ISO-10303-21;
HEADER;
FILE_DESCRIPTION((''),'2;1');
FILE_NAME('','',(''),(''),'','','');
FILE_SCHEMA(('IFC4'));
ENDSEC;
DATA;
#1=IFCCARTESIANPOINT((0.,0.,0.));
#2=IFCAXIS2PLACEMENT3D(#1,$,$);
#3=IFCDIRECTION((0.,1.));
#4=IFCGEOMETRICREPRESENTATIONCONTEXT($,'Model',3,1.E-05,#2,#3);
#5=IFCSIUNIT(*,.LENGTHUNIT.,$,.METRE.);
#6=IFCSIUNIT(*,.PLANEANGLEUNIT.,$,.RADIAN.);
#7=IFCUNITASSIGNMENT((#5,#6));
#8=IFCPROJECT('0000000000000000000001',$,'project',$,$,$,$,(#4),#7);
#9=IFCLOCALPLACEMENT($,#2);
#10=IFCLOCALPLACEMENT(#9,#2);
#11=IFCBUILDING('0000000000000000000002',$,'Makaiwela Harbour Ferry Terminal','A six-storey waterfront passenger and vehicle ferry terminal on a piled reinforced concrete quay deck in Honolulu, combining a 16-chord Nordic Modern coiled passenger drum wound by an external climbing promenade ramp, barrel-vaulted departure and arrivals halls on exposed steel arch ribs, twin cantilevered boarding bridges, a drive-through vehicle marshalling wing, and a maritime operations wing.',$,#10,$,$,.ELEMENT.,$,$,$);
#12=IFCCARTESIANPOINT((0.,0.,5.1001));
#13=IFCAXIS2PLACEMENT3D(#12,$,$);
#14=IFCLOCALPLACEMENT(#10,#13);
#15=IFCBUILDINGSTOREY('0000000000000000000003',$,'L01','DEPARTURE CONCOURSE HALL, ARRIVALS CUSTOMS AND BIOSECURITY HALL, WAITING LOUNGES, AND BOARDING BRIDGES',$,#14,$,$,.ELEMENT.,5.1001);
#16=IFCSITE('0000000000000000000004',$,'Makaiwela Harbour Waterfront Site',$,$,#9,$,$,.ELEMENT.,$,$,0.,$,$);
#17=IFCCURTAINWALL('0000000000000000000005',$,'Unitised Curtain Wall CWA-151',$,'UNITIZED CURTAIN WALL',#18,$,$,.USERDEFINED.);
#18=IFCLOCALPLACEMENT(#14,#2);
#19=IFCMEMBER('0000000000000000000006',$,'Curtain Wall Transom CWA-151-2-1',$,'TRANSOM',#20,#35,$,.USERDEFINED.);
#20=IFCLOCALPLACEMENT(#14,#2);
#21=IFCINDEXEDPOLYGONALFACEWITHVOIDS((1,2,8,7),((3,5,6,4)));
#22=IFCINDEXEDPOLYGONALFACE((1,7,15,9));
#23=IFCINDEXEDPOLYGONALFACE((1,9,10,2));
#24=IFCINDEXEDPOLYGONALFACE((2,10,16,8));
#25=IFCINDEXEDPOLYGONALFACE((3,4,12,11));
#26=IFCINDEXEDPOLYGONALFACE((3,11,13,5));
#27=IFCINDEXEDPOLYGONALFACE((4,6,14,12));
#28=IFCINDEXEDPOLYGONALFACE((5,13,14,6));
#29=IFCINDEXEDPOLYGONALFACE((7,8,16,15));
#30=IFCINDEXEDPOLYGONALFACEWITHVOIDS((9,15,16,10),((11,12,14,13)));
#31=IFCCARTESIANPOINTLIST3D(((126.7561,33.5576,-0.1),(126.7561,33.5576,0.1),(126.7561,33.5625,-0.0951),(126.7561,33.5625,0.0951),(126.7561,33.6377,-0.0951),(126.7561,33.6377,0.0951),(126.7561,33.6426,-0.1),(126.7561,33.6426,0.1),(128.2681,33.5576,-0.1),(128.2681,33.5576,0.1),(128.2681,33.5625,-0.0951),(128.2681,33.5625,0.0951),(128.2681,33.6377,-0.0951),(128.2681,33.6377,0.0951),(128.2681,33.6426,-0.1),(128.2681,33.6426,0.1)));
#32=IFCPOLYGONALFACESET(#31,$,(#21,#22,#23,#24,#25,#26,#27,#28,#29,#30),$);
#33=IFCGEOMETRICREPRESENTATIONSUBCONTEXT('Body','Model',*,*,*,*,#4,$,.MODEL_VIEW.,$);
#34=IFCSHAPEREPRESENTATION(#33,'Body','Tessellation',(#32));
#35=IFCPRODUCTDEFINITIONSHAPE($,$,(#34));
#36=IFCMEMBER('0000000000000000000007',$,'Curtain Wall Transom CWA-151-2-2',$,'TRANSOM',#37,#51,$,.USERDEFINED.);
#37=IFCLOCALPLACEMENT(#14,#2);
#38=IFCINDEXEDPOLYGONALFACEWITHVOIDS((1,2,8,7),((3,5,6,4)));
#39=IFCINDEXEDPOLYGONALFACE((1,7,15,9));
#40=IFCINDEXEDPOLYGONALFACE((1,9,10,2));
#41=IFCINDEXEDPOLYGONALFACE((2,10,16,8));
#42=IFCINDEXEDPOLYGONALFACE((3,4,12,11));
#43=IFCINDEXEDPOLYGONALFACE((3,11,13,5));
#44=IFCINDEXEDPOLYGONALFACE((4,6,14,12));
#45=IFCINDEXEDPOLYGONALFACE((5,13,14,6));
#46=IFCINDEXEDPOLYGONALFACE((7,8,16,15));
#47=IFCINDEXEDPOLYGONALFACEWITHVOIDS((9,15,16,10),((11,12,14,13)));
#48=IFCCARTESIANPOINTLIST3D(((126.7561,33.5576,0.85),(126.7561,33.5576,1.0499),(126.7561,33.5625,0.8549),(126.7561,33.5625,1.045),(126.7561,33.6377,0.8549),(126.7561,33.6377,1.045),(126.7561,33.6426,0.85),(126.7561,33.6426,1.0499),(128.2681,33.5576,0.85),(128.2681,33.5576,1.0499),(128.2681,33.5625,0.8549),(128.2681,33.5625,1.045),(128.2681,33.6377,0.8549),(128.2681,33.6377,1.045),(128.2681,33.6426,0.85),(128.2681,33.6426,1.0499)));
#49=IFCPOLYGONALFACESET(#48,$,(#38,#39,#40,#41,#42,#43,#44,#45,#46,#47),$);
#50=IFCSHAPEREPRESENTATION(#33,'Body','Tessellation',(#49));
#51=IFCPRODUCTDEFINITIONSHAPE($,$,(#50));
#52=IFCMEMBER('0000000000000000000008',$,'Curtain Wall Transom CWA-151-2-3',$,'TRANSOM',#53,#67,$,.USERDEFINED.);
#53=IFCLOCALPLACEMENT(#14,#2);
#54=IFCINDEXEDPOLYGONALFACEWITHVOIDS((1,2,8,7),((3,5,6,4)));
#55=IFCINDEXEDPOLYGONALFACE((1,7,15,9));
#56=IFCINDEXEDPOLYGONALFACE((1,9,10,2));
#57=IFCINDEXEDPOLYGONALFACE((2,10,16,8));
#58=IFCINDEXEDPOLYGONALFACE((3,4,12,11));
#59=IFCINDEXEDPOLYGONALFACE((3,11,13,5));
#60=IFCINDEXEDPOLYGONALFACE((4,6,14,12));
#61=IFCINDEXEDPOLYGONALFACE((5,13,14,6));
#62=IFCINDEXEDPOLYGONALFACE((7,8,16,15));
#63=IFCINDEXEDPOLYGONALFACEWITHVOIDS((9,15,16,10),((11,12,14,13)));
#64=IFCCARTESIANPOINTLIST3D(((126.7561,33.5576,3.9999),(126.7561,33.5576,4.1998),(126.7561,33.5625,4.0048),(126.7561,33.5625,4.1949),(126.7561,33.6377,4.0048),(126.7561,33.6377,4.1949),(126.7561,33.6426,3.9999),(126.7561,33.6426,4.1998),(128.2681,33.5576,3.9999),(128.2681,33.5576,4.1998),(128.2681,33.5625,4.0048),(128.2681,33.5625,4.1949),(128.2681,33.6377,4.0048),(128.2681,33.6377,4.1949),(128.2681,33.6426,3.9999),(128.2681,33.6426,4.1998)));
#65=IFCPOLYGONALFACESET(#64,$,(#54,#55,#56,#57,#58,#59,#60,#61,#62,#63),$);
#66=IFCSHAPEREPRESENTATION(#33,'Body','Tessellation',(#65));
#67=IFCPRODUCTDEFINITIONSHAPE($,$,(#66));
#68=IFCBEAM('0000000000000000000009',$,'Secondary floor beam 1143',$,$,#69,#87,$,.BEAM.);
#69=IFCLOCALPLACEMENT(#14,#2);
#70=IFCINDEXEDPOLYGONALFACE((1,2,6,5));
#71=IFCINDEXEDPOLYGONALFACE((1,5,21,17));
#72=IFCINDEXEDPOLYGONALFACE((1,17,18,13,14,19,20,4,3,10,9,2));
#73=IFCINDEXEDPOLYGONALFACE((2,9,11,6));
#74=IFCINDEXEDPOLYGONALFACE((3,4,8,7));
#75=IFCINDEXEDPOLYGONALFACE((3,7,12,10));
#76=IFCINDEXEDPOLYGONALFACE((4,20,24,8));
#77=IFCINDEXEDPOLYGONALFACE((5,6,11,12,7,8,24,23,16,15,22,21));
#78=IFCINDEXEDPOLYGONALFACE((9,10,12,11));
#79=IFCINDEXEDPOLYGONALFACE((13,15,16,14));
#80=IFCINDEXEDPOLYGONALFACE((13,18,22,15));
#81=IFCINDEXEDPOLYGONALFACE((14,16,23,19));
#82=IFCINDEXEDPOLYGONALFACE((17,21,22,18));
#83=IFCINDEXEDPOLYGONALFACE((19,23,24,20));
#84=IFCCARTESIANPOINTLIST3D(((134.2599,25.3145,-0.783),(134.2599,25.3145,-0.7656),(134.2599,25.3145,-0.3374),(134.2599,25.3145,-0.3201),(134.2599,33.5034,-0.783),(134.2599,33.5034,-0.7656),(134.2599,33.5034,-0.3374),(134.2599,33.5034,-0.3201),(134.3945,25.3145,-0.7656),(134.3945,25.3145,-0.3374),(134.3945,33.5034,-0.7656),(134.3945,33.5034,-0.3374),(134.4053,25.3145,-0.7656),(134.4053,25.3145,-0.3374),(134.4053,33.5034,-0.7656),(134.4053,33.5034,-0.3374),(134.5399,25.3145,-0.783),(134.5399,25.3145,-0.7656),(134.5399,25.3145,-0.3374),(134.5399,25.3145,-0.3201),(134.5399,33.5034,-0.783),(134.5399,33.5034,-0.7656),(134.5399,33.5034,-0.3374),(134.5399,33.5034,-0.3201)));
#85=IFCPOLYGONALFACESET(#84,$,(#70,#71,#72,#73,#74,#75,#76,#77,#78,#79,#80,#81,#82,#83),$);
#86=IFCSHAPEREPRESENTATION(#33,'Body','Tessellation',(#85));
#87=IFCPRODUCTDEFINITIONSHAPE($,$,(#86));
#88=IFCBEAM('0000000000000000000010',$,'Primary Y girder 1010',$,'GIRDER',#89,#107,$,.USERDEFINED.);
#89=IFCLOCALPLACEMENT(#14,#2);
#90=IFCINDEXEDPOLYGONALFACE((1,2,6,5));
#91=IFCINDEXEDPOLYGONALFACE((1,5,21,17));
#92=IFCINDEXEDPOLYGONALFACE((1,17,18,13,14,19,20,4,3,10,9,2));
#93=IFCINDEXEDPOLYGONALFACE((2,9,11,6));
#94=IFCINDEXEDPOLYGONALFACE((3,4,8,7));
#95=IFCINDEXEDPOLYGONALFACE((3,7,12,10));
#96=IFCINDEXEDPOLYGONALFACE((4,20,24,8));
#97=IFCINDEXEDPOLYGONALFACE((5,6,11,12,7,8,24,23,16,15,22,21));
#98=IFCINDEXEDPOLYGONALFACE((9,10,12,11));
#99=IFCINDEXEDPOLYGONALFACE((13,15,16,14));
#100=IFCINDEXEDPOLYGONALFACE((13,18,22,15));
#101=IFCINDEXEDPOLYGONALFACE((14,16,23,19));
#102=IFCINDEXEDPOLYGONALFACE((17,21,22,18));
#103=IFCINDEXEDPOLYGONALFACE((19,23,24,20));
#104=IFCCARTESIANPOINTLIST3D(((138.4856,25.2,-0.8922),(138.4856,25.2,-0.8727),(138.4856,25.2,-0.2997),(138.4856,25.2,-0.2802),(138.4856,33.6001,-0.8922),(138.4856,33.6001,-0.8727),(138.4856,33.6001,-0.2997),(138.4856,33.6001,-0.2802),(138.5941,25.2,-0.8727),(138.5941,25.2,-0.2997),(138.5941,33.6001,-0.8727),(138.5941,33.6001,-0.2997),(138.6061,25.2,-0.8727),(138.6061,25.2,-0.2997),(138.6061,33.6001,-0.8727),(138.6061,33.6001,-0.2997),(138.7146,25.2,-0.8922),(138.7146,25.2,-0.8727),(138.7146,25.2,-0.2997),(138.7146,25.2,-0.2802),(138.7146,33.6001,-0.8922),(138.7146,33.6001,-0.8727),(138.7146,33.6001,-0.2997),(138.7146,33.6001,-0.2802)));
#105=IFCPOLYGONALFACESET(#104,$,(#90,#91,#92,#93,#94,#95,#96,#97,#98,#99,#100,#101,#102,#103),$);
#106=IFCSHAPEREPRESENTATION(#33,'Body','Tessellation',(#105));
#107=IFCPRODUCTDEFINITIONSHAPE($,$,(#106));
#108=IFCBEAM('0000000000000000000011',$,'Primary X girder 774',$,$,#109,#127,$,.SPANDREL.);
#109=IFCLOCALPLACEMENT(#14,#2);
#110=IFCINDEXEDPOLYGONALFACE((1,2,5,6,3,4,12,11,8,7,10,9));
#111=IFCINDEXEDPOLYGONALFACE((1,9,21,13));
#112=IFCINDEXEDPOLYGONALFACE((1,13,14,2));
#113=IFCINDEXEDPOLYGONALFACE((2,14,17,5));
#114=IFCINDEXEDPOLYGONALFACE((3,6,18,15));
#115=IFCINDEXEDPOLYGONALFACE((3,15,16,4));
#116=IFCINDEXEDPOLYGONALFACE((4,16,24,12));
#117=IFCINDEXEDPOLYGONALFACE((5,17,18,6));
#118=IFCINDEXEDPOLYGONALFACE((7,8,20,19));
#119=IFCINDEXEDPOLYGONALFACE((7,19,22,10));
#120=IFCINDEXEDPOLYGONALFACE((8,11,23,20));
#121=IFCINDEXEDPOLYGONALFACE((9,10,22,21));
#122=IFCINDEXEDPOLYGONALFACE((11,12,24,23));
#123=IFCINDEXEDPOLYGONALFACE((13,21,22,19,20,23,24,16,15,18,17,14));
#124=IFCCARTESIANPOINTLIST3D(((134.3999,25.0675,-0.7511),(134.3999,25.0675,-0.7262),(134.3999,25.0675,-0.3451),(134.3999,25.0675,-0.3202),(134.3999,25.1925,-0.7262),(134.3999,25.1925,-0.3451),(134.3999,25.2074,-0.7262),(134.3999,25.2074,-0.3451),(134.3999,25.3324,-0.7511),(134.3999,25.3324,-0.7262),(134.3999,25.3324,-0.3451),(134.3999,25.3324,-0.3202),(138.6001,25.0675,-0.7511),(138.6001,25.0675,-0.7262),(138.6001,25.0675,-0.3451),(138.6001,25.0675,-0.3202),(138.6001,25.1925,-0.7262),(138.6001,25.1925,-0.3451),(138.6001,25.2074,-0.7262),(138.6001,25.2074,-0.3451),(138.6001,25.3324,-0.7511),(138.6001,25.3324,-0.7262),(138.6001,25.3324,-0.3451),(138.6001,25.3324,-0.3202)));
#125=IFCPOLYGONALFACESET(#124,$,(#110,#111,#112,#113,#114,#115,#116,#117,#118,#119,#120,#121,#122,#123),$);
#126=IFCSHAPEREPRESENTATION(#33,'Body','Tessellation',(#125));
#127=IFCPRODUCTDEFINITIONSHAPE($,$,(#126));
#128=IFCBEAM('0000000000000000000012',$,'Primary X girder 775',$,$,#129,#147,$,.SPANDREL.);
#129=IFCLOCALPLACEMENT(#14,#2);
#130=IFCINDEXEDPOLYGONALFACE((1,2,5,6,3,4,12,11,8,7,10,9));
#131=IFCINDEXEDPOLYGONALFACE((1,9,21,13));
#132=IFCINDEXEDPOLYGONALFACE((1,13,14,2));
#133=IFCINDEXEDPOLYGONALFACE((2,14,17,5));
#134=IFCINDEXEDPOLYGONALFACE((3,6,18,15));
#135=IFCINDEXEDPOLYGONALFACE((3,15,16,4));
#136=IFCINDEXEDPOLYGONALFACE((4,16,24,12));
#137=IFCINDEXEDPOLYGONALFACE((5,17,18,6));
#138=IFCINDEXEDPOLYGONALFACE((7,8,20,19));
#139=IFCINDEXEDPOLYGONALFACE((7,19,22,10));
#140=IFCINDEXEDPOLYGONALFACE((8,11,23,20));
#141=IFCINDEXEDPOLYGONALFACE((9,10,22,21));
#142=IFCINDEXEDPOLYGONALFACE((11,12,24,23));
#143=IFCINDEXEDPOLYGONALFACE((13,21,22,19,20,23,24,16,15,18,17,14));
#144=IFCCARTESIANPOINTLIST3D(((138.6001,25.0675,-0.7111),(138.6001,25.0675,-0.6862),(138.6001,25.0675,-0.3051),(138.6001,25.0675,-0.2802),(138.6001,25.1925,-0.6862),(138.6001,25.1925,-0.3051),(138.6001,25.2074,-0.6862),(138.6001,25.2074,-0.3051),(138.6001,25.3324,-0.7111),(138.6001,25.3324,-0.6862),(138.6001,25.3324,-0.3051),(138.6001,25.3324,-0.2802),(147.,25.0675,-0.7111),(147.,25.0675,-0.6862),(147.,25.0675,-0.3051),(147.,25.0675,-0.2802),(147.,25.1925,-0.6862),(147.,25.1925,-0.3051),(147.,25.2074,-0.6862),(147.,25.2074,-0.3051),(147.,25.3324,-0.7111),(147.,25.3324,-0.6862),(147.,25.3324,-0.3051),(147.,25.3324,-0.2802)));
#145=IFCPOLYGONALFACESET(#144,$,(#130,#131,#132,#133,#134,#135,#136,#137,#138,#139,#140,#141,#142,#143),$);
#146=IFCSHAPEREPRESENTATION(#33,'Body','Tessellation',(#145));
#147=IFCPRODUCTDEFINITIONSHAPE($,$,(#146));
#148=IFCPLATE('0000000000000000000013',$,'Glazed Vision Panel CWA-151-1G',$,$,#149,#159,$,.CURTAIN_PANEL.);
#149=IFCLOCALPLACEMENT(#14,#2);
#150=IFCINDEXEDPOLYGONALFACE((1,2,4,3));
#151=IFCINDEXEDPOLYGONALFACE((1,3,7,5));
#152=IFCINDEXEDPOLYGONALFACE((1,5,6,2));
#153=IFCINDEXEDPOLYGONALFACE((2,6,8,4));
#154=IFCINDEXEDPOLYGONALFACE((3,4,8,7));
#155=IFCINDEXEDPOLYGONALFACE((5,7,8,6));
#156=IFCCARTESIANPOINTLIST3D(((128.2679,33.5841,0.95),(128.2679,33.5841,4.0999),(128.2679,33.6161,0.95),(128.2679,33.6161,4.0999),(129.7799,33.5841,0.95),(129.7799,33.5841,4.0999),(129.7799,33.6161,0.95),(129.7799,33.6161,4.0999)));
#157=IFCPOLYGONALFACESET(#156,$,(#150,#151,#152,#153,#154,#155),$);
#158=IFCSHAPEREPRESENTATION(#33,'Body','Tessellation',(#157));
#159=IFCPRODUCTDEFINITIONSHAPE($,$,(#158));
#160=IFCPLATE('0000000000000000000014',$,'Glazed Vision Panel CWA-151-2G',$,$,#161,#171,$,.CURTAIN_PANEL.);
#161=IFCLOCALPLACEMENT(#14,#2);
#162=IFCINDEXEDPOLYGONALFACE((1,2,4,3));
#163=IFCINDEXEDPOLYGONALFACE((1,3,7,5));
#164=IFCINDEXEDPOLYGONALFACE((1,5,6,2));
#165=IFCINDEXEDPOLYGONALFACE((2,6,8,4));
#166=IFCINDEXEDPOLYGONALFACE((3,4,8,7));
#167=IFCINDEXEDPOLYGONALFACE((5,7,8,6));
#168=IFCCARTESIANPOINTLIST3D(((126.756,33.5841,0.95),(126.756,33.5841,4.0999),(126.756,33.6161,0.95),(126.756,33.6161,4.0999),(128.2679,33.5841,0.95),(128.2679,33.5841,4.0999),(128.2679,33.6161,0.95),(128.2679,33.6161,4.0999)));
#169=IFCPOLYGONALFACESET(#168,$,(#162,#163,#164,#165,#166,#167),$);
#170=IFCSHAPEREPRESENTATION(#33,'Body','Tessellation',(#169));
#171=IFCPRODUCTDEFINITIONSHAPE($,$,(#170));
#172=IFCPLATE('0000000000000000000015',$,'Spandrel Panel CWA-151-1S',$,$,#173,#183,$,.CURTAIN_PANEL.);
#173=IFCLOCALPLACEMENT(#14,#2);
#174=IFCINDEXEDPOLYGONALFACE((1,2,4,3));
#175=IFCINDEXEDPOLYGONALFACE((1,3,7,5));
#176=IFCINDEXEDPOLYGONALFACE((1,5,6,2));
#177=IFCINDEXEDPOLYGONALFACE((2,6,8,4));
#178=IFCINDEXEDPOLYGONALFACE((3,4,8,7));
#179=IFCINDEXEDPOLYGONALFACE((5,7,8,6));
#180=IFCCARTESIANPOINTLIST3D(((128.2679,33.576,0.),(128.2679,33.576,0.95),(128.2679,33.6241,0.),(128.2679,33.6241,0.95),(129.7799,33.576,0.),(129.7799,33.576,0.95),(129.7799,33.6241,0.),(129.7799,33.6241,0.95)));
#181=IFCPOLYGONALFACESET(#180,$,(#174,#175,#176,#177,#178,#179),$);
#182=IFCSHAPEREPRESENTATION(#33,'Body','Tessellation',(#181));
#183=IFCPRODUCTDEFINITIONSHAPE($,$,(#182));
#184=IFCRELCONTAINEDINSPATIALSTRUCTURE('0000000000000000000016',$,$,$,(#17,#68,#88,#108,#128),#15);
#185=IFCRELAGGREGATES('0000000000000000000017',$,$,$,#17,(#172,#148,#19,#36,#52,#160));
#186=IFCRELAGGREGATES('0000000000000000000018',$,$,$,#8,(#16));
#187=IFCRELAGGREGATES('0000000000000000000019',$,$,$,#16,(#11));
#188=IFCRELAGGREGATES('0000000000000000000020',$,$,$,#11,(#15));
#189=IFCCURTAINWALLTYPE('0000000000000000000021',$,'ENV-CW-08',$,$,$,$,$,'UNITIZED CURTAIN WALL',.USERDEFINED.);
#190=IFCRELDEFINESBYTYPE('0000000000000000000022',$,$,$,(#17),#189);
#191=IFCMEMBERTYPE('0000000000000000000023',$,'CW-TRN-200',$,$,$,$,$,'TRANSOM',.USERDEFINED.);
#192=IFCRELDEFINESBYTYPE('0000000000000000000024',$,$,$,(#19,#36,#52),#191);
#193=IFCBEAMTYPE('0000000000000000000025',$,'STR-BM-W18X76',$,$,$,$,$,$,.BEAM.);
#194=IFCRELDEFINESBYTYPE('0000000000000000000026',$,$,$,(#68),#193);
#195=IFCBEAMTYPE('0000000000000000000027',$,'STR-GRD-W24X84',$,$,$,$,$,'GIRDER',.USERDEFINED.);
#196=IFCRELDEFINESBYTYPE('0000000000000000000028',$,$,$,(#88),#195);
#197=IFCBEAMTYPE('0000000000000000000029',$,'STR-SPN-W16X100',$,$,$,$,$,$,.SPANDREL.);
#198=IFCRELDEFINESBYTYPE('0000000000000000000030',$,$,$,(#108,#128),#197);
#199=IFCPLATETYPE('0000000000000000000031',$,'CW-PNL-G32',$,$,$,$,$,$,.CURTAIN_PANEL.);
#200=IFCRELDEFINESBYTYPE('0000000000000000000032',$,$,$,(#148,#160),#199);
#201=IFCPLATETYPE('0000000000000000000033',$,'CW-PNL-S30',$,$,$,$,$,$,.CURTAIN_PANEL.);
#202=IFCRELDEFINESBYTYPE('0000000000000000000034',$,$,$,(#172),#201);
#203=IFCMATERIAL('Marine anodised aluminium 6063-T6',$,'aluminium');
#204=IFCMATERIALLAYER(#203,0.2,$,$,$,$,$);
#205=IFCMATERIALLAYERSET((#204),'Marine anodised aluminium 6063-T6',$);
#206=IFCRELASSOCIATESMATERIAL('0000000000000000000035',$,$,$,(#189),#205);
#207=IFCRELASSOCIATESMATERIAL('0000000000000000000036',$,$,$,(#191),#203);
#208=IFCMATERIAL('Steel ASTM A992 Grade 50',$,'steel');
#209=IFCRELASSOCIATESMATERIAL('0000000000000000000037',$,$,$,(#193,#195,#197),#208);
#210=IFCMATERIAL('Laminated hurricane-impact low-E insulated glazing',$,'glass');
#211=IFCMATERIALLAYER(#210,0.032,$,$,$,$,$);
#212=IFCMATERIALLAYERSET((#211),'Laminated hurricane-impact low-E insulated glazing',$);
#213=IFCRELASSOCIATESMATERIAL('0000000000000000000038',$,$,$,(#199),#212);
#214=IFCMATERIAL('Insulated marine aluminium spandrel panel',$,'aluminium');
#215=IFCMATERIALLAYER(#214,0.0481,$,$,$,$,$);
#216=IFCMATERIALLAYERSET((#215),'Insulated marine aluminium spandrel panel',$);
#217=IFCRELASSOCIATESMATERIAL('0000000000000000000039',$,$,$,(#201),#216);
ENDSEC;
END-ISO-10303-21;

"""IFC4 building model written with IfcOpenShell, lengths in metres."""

from ifc_helpers import new_model, si_unit, direction, frame, origin, origin_2d, place, context, subcontext, project, spatial, rectangle, hollow_rectangle, i_section, extrude, material, layer, layer_set, material_profile, profile_set, type_object, element, aggregate, save


model = new_model("IFC4")

# Units and contexts
model_context = context("Model", 3, precision=1e-05, world=origin(), true_north=direction((0.0, 1.0)))
body_context = subcontext(model_context, "Body", "Model", "MODEL_VIEW")
ifc_project = project(units=[si_unit("LENGTHUNIT", "METRE"), si_unit("PLANEANGLEUNIT", "RADIAN")], contexts=[model_context])

# Site, building, storey
site_placement = place(None, origin())
site = spatial("IfcSite", under=ifc_project, at=site_placement, Name="Makaiwela Harbour Waterfront Site", CompositionType="ELEMENT", RefElevation=0.0)
building_placement = place(site_placement, origin())
building = spatial("IfcBuilding", under=site, at=building_placement, Name="Makaiwela Harbour Ferry Terminal", Description="A six-storey waterfront passenger and vehicle ferry terminal on a piled reinforced concrete quay deck in Honolulu, combining a 16-chord Nordic Modern coiled passenger drum wound by an external climbing promenade ramp, barrel-vaulted departure and arrivals halls on exposed steel arch ribs, twin cantilevered boarding bridges, a drive-through vehicle marshalling wing, and a maritime operations wing.", CompositionType="ELEMENT")
storey_placement = place(building_placement, frame((0.0, 0.0, 5.1001)))
storey = spatial("IfcBuildingStorey", under=building, at=storey_placement, Name="L01", Description="DEPARTURE CONCOURSE HALL, ARRIVALS CUSTOMS AND BIOSECURITY HALL, WAITING LOUNGES, AND BOARDING BRIDGES", CompositionType="ELEMENT", Elevation=5.1001)

# Shared definitions
ifc_material_1 = material(Name="Steel ASTM A992 Grade 50", Category="steel")

# Curtain wall, members
ifc_material_2 = material(Name="Marine anodised aluminium 6063-T6", Category="aluminium")
ifc_layer_1 = layer(ifc_material_2, 0.2)
ifc_layer_set_1 = layer_set([ifc_layer_1], Name="Marine anodised aluminium 6063-T6")
curtain_wall_type = type_object("IfcCurtainWallType", Name="ENV-CW-08", ElementType="UNITIZED CURTAIN WALL", PredefinedType="USERDEFINED", material=ifc_layer_set_1)
curtain_wall_placement = place(storey_placement, origin())
curtain_wall = element("IfcCurtainWall", 1, at=curtain_wall_placement, inside=storey, type_object=curtain_wall_type, Name="Unitised Curtain Wall CWA-151", ObjectType="UNITIZED CURTAIN WALL", PredefinedType="USERDEFINED")
ifc_material_profile_1 = material_profile(ifc_material_2, hollow_rectangle(XDim=0.085, YDim=0.2, WallThickness=0.0049, at=origin_2d()), Name="CWT-200X85")
ifc_profile_set_1 = profile_set([ifc_material_profile_1], Name="Marine anodised aluminium 6063-T6")
member_type_1 = type_object("IfcMemberType", Name="CW-TRN-200", ElementType="TRANSOM", PredefinedType="USERDEFINED", material=ifc_profile_set_1)
member_1_placement = place(storey_placement, frame((128.2681, 33.6001, 0.0), z_axis=(-1.0, 0.0, 0.0), x_axis=(0.0, -1.0, 0.0)))
member_1 = element("IfcMember", 2, at=member_1_placement, type_object=member_type_1, Name="Curtain Wall Transom CWA-151-2-1", ObjectType="TRANSOM", PredefinedType="USERDEFINED", context=body_context, shape_type="SweptSolid", body=[
    extrude(hollow_rectangle(XDim=0.085, YDim=0.2, WallThickness=0.0049, at=origin_2d()), origin(), (0.0, 0.0, 1.0), 1.512),
])
member_2_placement = place(storey_placement, frame((128.2681, 33.6001, 0.95), z_axis=(-1.0, 0.0, 0.0), x_axis=(0.0, -1.0, 0.0)))
member_2 = element("IfcMember", 3, at=member_2_placement, type_object=member_type_1, Name="Curtain Wall Transom CWA-151-2-2", ObjectType="TRANSOM", PredefinedType="USERDEFINED", context=body_context, shape_type="SweptSolid", body=[
    extrude(hollow_rectangle(XDim=0.085, YDim=0.2, WallThickness=0.0049, at=origin_2d()), origin(), (0.0, 0.0, 1.0), 1.512),
])
member_3_placement = place(storey_placement, frame((128.2681, 33.6001, 4.0999), z_axis=(-1.0, 0.0, 0.0), x_axis=(0.0, -1.0, 0.0)))
member_3 = element("IfcMember", 4, at=member_3_placement, type_object=member_type_1, Name="Curtain Wall Transom CWA-151-2-3", ObjectType="TRANSOM", PredefinedType="USERDEFINED", context=body_context, shape_type="SweptSolid", body=[
    extrude(hollow_rectangle(XDim=0.085, YDim=0.2, WallThickness=0.0049, at=origin_2d()), origin(), (0.0, 0.0, 1.0), 1.512),
])

# Beams
ifc_material_profile_2 = material_profile(ifc_material_1, i_section(OverallWidth=0.28, OverallDepth=0.4629, WebThickness=0.0107, FlangeThickness=0.0173, at=origin_2d()), Name="W18X76")
ifc_profile_set_2 = profile_set([ifc_material_profile_2], Name="Steel ASTM A992 Grade 50")
beam_type_1 = type_object("IfcBeamType", Name="STR-BM-W18X76", PredefinedType="BEAM", material=ifc_profile_set_2)
beam_1_placement = place(storey_placement, frame((134.3999, 25.3145, -0.5515), z_axis=(0.0, 1.0, 0.0), x_axis=(-1.0, 0.0, 0.0)))
element("IfcBeam", 5, at=beam_1_placement, inside=storey, type_object=beam_type_1, Name="Secondary floor beam 1143", PredefinedType="BEAM", context=body_context, shape_type="SweptSolid", body=[
    extrude(i_section(OverallWidth=0.28, OverallDepth=0.4629, WebThickness=0.0107, FlangeThickness=0.0173, at=origin_2d()), origin(), (0.0, 0.0, 1.0), 8.189),
])
ifc_material_profile_3 = material_profile(ifc_material_1, i_section(OverallWidth=0.229, OverallDepth=0.6121, WebThickness=0.012, FlangeThickness=0.0195, at=origin_2d()), Name="W24X84")
ifc_profile_set_3 = profile_set([ifc_material_profile_3], Name="Steel ASTM A992 Grade 50")
beam_type_2 = type_object("IfcBeamType", Name="STR-GRD-W24X84", ElementType="GIRDER", PredefinedType="USERDEFINED", material=ifc_profile_set_3)
beam_2_placement = place(storey_placement, frame((138.6001, 25.2, -0.5862), z_axis=(0.0, 1.0, 0.0), x_axis=(-1.0, 0.0, 0.0)))
element("IfcBeam", 6, at=beam_2_placement, inside=storey, type_object=beam_type_2, Name="Primary Y girder 1010", ObjectType="GIRDER", PredefinedType="USERDEFINED", context=body_context, shape_type="SweptSolid", body=[
    extrude(i_section(OverallWidth=0.229, OverallDepth=0.6121, WebThickness=0.012, FlangeThickness=0.0195, at=origin_2d()), origin(), (0.0, 0.0, 1.0), 8.4001),
])
ifc_material_profile_4 = material_profile(ifc_material_1, i_section(OverallWidth=0.2649, OverallDepth=0.4309, WebThickness=0.0149, FlangeThickness=0.0249, at=origin_2d()), Name="W16X100")
ifc_profile_set_4 = profile_set([ifc_material_profile_4], Name="Steel ASTM A992 Grade 50")
beam_type_3 = type_object("IfcBeamType", Name="STR-SPN-W16X100", PredefinedType="SPANDREL", material=ifc_profile_set_4)
beam_3_placement = place(storey_placement, frame((134.3999, 25.2, -0.5356), z_axis=(1.0, 0.0, 0.0), x_axis=(0.0, 1.0, 0.0)))
element("IfcBeam", 7, at=beam_3_placement, inside=storey, type_object=beam_type_3, Name="Primary X girder 774", PredefinedType="SPANDREL", context=body_context, shape_type="SweptSolid", body=[
    extrude(i_section(OverallWidth=0.2649, OverallDepth=0.4309, WebThickness=0.0149, FlangeThickness=0.0249, at=origin_2d()), origin(), (0.0, 0.0, 1.0), 4.2002),
])
beam_4_placement = place(storey_placement, frame((138.6001, 25.2, -0.4956), z_axis=(1.0, 0.0, 0.0), x_axis=(0.0, 1.0, 0.0)))
element("IfcBeam", 8, at=beam_4_placement, inside=storey, type_object=beam_type_3, Name="Primary X girder 775", PredefinedType="SPANDREL", context=body_context, shape_type="SweptSolid", body=[
    extrude(i_section(OverallWidth=0.2649, OverallDepth=0.4309, WebThickness=0.0149, FlangeThickness=0.0249, at=origin_2d()), origin(), (0.0, 0.0, 1.0), 8.3999),
])

# Plates
ifc_material_3 = material(Name="Laminated hurricane-impact low-E insulated glazing", Category="glass")
ifc_layer_2 = layer(ifc_material_3, 0.032)
ifc_layer_set_2 = layer_set([ifc_layer_2], Name="Laminated hurricane-impact low-E insulated glazing")
plate_type_1 = type_object("IfcPlateType", Name="CW-PNL-G32", PredefinedType="CURTAIN_PANEL", material=ifc_layer_set_2)
plate_1_placement = place(storey_placement, frame((129.0239, 33.6001, 0.95), z_axis=(0.0, 0.0, 1.0), x_axis=(-1.0, 0.0, 0.0)))
plate_1 = element("IfcPlate", 9, at=plate_1_placement, type_object=plate_type_1, Name="Glazed Vision Panel CWA-151-1G", PredefinedType="CURTAIN_PANEL", context=body_context, shape_type="SweptSolid", body=[
    extrude(rectangle(XDim=1.512, YDim=0.032, at=origin_2d()), origin(), (0.0, 0.0, 1.0), 3.1499),
])
plate_2_placement = place(storey_placement, frame((127.512, 33.6001, 0.95), z_axis=(0.0, 0.0, 1.0), x_axis=(-1.0, 0.0, 0.0)))
plate_2 = element("IfcPlate", 10, at=plate_2_placement, type_object=plate_type_1, Name="Glazed Vision Panel CWA-151-2G", PredefinedType="CURTAIN_PANEL", context=body_context, shape_type="SweptSolid", body=[
    extrude(rectangle(XDim=1.512, YDim=0.032, at=origin_2d()), origin(), (0.0, 0.0, 1.0), 3.1499),
])
ifc_material_4 = material(Name="Insulated marine aluminium spandrel panel", Category="aluminium")
ifc_layer_3 = layer(ifc_material_4, 0.0481)
ifc_layer_set_3 = layer_set([ifc_layer_3], Name="Insulated marine aluminium spandrel panel")
plate_type_2 = type_object("IfcPlateType", Name="CW-PNL-S30", PredefinedType="CURTAIN_PANEL", material=ifc_layer_set_3)
plate_3_placement = place(storey_placement, frame((129.0239, 33.6001, 0.0), z_axis=(0.0, 0.0, 1.0), x_axis=(-1.0, 0.0, 0.0)))
plate_3 = element("IfcPlate", 11, at=plate_3_placement, type_object=plate_type_2, Name="Spandrel Panel CWA-151-1S", PredefinedType="CURTAIN_PANEL", context=body_context, shape_type="SweptSolid", body=[
    extrude(rectangle(XDim=1.512, YDim=0.0481, at=origin_2d()), origin(), (0.0, 0.0, 1.0), 0.95),
])
aggregate(curtain_wall, [plate_3, plate_1, member_1, member_2, member_3, plate_2])

save(model, "model.ifc")
